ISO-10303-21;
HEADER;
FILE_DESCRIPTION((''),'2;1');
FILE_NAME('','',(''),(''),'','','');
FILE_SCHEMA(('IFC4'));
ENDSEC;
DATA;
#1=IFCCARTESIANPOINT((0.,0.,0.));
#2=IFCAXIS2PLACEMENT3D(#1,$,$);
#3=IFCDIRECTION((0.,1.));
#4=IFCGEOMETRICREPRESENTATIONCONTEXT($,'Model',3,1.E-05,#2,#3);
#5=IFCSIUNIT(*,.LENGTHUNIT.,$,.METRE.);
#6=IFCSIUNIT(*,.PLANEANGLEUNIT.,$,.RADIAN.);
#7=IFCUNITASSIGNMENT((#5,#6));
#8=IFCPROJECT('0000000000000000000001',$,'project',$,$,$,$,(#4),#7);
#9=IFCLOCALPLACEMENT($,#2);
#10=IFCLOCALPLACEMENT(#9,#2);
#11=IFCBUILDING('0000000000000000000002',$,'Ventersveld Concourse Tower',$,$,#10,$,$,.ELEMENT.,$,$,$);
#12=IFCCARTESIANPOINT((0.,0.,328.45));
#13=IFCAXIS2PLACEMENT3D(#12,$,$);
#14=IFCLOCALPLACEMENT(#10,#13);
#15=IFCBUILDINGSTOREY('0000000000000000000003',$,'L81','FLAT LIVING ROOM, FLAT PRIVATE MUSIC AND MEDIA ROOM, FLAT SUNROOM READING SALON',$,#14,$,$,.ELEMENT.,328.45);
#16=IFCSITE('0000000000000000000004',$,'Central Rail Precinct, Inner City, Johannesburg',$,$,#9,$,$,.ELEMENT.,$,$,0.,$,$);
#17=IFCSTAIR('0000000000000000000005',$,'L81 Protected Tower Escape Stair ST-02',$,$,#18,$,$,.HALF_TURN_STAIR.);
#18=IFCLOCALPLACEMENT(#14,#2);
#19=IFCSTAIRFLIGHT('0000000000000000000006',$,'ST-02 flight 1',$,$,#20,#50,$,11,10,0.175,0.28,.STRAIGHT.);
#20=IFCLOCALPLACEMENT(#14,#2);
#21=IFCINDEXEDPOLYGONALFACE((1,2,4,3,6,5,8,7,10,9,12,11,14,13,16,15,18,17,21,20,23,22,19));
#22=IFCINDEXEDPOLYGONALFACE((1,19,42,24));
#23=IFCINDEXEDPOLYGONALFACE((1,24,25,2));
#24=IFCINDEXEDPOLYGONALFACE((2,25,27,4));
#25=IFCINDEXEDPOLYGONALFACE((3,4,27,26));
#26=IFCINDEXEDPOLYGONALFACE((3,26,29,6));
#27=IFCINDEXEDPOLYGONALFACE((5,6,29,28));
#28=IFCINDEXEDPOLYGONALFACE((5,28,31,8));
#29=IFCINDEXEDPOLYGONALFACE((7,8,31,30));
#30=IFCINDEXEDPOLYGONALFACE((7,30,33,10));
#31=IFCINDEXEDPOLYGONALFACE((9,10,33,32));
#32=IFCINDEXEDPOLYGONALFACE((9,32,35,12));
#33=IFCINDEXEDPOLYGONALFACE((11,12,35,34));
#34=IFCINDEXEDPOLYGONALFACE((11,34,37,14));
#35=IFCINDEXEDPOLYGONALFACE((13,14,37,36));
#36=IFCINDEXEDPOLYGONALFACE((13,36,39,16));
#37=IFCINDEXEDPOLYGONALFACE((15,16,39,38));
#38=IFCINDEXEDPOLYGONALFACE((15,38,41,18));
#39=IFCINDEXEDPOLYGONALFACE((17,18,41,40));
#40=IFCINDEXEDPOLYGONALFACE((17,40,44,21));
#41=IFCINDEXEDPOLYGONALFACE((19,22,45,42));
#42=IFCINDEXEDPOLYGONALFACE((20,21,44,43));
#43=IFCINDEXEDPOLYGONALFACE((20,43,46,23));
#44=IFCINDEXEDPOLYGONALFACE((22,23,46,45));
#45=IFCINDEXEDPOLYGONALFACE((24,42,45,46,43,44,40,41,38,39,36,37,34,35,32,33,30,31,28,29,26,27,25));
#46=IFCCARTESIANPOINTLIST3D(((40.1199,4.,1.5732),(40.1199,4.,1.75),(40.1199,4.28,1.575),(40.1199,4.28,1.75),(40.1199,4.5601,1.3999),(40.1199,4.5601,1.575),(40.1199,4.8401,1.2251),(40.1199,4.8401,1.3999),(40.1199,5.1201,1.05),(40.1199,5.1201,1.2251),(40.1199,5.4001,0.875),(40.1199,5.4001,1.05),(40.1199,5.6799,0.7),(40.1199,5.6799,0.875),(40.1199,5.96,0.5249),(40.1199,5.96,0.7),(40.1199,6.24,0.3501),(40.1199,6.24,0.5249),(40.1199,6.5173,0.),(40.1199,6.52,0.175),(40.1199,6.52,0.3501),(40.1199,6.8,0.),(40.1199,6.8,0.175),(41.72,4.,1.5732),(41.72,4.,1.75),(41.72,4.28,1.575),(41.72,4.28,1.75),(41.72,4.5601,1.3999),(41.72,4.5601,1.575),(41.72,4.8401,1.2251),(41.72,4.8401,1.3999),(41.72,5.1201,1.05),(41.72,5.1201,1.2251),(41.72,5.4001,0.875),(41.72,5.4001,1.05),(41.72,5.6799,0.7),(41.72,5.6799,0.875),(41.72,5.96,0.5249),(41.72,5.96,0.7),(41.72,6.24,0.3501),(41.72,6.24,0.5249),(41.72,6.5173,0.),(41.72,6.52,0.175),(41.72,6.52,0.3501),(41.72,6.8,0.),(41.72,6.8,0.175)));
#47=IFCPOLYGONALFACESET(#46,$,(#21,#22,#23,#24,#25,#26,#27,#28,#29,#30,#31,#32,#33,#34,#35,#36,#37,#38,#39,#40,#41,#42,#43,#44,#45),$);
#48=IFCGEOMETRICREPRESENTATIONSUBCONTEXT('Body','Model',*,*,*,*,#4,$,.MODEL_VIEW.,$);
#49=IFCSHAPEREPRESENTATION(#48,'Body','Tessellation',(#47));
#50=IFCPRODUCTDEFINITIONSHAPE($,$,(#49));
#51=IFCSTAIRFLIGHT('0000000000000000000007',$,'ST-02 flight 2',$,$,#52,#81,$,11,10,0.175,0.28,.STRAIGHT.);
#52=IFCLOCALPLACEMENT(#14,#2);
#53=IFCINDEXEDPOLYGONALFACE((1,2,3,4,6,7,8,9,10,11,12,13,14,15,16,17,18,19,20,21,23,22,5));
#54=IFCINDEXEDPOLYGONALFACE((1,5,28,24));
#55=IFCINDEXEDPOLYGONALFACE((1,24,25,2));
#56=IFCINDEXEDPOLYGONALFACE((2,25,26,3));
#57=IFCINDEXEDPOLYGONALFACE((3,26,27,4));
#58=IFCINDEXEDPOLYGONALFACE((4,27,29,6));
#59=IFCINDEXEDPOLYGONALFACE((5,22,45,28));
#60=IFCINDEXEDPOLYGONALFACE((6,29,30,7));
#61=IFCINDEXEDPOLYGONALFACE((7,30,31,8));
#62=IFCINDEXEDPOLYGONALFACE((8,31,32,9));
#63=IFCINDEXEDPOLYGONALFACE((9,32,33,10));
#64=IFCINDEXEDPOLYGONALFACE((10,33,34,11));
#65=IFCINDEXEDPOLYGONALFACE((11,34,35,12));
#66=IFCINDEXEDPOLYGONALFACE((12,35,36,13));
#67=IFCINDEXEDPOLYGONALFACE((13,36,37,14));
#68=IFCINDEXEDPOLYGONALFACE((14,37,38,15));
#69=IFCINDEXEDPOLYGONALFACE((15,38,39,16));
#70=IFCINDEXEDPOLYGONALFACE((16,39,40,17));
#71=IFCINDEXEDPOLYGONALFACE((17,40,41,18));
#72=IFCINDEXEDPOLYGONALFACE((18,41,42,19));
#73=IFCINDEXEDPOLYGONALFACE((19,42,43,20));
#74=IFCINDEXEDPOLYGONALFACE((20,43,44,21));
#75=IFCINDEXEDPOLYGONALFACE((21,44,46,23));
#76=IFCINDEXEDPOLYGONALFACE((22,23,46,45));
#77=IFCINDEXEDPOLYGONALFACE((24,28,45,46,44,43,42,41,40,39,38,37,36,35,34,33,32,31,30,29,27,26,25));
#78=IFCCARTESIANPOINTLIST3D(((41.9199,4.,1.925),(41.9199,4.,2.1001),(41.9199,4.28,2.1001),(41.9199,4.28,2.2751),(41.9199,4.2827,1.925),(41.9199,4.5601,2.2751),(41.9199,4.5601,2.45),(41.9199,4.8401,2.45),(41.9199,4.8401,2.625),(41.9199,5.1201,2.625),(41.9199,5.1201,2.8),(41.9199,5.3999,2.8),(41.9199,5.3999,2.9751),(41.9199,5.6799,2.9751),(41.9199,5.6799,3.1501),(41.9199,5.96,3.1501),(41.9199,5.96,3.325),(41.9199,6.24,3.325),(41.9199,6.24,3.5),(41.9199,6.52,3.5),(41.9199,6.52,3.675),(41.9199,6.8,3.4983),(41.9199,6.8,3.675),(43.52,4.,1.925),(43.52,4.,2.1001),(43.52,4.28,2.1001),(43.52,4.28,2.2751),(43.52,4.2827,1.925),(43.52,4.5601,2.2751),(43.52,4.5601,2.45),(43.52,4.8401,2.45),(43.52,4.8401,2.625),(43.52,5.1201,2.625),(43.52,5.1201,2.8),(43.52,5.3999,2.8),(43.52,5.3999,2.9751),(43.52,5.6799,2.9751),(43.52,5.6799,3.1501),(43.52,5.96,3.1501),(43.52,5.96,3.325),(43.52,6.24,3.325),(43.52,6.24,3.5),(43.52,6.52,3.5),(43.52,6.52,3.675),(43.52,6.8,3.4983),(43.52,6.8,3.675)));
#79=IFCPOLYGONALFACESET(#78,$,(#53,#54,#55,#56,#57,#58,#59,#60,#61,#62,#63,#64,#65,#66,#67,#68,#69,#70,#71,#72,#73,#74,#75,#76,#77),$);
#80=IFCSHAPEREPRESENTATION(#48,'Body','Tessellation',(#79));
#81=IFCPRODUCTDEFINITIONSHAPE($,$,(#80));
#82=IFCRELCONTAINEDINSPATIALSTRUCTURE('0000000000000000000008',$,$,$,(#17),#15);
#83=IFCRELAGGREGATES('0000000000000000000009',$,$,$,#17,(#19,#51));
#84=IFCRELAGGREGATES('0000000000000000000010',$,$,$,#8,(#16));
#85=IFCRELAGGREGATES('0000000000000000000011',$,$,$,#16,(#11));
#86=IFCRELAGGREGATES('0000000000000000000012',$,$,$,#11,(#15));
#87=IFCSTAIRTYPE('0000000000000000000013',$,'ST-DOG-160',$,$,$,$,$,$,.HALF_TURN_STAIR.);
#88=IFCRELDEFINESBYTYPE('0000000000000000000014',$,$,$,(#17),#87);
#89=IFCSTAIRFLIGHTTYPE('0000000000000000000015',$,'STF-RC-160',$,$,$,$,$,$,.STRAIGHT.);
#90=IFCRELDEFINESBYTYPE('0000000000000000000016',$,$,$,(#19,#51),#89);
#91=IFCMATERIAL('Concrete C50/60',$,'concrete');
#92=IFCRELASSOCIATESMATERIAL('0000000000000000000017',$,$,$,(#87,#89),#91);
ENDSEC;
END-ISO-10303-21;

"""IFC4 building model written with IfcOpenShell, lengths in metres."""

from ifc_helpers import new_model, si_unit, direction, frame, origin, place, context, subcontext, project, spatial, polyline, outline, extrude, material, type_object, element, aggregate, save


model = new_model("IFC4")

# Units and contexts
model_context = context("Model", 3, precision=1e-05, world=origin(), true_north=direction((0.0, 1.0)))
body_context = subcontext(model_context, "Body", "Model", "MODEL_VIEW")
ifc_project = project(units=[si_unit("LENGTHUNIT", "METRE"), si_unit("PLANEANGLEUNIT", "RADIAN")], contexts=[model_context])

# Site, building, storey
site_placement = place(None, origin())
site = spatial("IfcSite", under=ifc_project, at=site_placement, Name="Central Rail Precinct, Inner City, Johannesburg", CompositionType="ELEMENT", RefElevation=0.0)
building_placement = place(site_placement, origin())
building = spatial("IfcBuilding", under=site, at=building_placement, Name="Ventersveld Concourse Tower", CompositionType="ELEMENT")
storey_placement = place(building_placement, frame((0.0, 0.0, 328.45)))
storey = spatial("IfcBuildingStorey", under=building, at=storey_placement, Name="L81", Description="FLAT LIVING ROOM, FLAT PRIVATE MUSIC AND MEDIA ROOM, FLAT SUNROOM READING SALON", CompositionType="ELEMENT", Elevation=328.45)

# Shared definitions
ifc_material_1 = material(Name="Concrete C50/60", Category="concrete")

# Stair, stair flights
stair_type = type_object("IfcStairType", Name="ST-DOG-160", PredefinedType="HALF_TURN_STAIR", material=ifc_material_1)
stair_placement = place(storey_placement, origin())
stair = element("IfcStair", 1, at=stair_placement, inside=storey, type_object=stair_type, Name="L81 Protected Tower Escape Stair ST-02", PredefinedType="HALF_TURN_STAIR")
stair_flight_type = type_object("IfcStairFlightType", Name="STF-RC-160", PredefinedType="STRAIGHT", material=ifc_material_1)
stair_flight_1_placement = place(storey_placement, frame((40.9199, 6.8, 0.0), z_axis=(0.0, 0.0, 1.0), x_axis=(0.0, -1.0, 0.0)))
stair_flight_1 = element("IfcStairFlight", 2, at=stair_flight_1_placement, type_object=stair_flight_type, Name="ST-02 flight 1", NumberOfRisers=11, NumberOfTreads=10, PredefinedType="STRAIGHT", RiserHeight=0.175, TreadLength=0.28, context=body_context, shape_type="SweptSolid", body=[
    extrude(outline(polyline([(0.0, 0.0), (0.0, 0.175), (0.28, 0.175), (0.28, 0.3501), (0.5601, 0.3501), (0.5601, 0.5249), (0.8401, 0.5249), (0.8401, 0.7), (1.1201, 0.7), (1.1201, 0.875), (1.3999, 0.875), (1.3999, 1.05), (1.6799, 1.05), (1.6799, 1.2251), (1.96, 1.2251), (1.96, 1.3999), (2.24, 1.3999), (2.24, 1.575), (2.52, 1.575), (2.52, 1.75), (2.8, 1.75), (2.8, 1.925), (2.8, 1.5732), (0.2827, 0.0), (0.0, 0.0)])), frame((0.0, 0.8, 0.0), z_axis=(0.0, -1.0, 0.0), x_axis=(1.0, 0.0, 0.0)), (0.0, 0.0, 1.0), 1.6001),
])
stair_flight_2_placement = place(storey_placement, frame((42.72, 4.0, 1.925), z_axis=(0.0, 0.0, 1.0), x_axis=(0.0, 1.0, 0.0)))
stair_flight_2 = element("IfcStairFlight", 3, at=stair_flight_2_placement, type_object=stair_flight_type, Name="ST-02 flight 2", NumberOfRisers=11, NumberOfTreads=10, PredefinedType="STRAIGHT", RiserHeight=0.175, TreadLength=0.28, context=body_context, shape_type="SweptSolid", body=[
    extrude(outline(polyline([(0.0, 0.0), (0.0, 0.175), (0.28, 0.175), (0.28, 0.3501), (0.5601, 0.3501), (0.5601, 0.5249), (0.8401, 0.5249), (0.8401, 0.7), (1.1201, 0.7), (1.1201, 0.875), (1.3999, 0.875), (1.3999, 1.05), (1.6799, 1.05), (1.6799, 1.2251), (1.96, 1.2251), (1.96, 1.3999), (2.24, 1.3999), (2.24, 1.575), (2.52, 1.575), (2.52, 1.75), (2.8, 1.75), (2.8, 1.925), (2.8, 1.5732), (0.2827, 0.0), (0.0, 0.0)])), frame((0.0, 0.8, 0.0), z_axis=(0.0, -1.0, 0.0), x_axis=(1.0, 0.0, 0.0)), (0.0, 0.0, 1.0), 1.6001),
])
aggregate(stair, [stair_flight_1, stair_flight_2])

save(model, "model.ifc")
